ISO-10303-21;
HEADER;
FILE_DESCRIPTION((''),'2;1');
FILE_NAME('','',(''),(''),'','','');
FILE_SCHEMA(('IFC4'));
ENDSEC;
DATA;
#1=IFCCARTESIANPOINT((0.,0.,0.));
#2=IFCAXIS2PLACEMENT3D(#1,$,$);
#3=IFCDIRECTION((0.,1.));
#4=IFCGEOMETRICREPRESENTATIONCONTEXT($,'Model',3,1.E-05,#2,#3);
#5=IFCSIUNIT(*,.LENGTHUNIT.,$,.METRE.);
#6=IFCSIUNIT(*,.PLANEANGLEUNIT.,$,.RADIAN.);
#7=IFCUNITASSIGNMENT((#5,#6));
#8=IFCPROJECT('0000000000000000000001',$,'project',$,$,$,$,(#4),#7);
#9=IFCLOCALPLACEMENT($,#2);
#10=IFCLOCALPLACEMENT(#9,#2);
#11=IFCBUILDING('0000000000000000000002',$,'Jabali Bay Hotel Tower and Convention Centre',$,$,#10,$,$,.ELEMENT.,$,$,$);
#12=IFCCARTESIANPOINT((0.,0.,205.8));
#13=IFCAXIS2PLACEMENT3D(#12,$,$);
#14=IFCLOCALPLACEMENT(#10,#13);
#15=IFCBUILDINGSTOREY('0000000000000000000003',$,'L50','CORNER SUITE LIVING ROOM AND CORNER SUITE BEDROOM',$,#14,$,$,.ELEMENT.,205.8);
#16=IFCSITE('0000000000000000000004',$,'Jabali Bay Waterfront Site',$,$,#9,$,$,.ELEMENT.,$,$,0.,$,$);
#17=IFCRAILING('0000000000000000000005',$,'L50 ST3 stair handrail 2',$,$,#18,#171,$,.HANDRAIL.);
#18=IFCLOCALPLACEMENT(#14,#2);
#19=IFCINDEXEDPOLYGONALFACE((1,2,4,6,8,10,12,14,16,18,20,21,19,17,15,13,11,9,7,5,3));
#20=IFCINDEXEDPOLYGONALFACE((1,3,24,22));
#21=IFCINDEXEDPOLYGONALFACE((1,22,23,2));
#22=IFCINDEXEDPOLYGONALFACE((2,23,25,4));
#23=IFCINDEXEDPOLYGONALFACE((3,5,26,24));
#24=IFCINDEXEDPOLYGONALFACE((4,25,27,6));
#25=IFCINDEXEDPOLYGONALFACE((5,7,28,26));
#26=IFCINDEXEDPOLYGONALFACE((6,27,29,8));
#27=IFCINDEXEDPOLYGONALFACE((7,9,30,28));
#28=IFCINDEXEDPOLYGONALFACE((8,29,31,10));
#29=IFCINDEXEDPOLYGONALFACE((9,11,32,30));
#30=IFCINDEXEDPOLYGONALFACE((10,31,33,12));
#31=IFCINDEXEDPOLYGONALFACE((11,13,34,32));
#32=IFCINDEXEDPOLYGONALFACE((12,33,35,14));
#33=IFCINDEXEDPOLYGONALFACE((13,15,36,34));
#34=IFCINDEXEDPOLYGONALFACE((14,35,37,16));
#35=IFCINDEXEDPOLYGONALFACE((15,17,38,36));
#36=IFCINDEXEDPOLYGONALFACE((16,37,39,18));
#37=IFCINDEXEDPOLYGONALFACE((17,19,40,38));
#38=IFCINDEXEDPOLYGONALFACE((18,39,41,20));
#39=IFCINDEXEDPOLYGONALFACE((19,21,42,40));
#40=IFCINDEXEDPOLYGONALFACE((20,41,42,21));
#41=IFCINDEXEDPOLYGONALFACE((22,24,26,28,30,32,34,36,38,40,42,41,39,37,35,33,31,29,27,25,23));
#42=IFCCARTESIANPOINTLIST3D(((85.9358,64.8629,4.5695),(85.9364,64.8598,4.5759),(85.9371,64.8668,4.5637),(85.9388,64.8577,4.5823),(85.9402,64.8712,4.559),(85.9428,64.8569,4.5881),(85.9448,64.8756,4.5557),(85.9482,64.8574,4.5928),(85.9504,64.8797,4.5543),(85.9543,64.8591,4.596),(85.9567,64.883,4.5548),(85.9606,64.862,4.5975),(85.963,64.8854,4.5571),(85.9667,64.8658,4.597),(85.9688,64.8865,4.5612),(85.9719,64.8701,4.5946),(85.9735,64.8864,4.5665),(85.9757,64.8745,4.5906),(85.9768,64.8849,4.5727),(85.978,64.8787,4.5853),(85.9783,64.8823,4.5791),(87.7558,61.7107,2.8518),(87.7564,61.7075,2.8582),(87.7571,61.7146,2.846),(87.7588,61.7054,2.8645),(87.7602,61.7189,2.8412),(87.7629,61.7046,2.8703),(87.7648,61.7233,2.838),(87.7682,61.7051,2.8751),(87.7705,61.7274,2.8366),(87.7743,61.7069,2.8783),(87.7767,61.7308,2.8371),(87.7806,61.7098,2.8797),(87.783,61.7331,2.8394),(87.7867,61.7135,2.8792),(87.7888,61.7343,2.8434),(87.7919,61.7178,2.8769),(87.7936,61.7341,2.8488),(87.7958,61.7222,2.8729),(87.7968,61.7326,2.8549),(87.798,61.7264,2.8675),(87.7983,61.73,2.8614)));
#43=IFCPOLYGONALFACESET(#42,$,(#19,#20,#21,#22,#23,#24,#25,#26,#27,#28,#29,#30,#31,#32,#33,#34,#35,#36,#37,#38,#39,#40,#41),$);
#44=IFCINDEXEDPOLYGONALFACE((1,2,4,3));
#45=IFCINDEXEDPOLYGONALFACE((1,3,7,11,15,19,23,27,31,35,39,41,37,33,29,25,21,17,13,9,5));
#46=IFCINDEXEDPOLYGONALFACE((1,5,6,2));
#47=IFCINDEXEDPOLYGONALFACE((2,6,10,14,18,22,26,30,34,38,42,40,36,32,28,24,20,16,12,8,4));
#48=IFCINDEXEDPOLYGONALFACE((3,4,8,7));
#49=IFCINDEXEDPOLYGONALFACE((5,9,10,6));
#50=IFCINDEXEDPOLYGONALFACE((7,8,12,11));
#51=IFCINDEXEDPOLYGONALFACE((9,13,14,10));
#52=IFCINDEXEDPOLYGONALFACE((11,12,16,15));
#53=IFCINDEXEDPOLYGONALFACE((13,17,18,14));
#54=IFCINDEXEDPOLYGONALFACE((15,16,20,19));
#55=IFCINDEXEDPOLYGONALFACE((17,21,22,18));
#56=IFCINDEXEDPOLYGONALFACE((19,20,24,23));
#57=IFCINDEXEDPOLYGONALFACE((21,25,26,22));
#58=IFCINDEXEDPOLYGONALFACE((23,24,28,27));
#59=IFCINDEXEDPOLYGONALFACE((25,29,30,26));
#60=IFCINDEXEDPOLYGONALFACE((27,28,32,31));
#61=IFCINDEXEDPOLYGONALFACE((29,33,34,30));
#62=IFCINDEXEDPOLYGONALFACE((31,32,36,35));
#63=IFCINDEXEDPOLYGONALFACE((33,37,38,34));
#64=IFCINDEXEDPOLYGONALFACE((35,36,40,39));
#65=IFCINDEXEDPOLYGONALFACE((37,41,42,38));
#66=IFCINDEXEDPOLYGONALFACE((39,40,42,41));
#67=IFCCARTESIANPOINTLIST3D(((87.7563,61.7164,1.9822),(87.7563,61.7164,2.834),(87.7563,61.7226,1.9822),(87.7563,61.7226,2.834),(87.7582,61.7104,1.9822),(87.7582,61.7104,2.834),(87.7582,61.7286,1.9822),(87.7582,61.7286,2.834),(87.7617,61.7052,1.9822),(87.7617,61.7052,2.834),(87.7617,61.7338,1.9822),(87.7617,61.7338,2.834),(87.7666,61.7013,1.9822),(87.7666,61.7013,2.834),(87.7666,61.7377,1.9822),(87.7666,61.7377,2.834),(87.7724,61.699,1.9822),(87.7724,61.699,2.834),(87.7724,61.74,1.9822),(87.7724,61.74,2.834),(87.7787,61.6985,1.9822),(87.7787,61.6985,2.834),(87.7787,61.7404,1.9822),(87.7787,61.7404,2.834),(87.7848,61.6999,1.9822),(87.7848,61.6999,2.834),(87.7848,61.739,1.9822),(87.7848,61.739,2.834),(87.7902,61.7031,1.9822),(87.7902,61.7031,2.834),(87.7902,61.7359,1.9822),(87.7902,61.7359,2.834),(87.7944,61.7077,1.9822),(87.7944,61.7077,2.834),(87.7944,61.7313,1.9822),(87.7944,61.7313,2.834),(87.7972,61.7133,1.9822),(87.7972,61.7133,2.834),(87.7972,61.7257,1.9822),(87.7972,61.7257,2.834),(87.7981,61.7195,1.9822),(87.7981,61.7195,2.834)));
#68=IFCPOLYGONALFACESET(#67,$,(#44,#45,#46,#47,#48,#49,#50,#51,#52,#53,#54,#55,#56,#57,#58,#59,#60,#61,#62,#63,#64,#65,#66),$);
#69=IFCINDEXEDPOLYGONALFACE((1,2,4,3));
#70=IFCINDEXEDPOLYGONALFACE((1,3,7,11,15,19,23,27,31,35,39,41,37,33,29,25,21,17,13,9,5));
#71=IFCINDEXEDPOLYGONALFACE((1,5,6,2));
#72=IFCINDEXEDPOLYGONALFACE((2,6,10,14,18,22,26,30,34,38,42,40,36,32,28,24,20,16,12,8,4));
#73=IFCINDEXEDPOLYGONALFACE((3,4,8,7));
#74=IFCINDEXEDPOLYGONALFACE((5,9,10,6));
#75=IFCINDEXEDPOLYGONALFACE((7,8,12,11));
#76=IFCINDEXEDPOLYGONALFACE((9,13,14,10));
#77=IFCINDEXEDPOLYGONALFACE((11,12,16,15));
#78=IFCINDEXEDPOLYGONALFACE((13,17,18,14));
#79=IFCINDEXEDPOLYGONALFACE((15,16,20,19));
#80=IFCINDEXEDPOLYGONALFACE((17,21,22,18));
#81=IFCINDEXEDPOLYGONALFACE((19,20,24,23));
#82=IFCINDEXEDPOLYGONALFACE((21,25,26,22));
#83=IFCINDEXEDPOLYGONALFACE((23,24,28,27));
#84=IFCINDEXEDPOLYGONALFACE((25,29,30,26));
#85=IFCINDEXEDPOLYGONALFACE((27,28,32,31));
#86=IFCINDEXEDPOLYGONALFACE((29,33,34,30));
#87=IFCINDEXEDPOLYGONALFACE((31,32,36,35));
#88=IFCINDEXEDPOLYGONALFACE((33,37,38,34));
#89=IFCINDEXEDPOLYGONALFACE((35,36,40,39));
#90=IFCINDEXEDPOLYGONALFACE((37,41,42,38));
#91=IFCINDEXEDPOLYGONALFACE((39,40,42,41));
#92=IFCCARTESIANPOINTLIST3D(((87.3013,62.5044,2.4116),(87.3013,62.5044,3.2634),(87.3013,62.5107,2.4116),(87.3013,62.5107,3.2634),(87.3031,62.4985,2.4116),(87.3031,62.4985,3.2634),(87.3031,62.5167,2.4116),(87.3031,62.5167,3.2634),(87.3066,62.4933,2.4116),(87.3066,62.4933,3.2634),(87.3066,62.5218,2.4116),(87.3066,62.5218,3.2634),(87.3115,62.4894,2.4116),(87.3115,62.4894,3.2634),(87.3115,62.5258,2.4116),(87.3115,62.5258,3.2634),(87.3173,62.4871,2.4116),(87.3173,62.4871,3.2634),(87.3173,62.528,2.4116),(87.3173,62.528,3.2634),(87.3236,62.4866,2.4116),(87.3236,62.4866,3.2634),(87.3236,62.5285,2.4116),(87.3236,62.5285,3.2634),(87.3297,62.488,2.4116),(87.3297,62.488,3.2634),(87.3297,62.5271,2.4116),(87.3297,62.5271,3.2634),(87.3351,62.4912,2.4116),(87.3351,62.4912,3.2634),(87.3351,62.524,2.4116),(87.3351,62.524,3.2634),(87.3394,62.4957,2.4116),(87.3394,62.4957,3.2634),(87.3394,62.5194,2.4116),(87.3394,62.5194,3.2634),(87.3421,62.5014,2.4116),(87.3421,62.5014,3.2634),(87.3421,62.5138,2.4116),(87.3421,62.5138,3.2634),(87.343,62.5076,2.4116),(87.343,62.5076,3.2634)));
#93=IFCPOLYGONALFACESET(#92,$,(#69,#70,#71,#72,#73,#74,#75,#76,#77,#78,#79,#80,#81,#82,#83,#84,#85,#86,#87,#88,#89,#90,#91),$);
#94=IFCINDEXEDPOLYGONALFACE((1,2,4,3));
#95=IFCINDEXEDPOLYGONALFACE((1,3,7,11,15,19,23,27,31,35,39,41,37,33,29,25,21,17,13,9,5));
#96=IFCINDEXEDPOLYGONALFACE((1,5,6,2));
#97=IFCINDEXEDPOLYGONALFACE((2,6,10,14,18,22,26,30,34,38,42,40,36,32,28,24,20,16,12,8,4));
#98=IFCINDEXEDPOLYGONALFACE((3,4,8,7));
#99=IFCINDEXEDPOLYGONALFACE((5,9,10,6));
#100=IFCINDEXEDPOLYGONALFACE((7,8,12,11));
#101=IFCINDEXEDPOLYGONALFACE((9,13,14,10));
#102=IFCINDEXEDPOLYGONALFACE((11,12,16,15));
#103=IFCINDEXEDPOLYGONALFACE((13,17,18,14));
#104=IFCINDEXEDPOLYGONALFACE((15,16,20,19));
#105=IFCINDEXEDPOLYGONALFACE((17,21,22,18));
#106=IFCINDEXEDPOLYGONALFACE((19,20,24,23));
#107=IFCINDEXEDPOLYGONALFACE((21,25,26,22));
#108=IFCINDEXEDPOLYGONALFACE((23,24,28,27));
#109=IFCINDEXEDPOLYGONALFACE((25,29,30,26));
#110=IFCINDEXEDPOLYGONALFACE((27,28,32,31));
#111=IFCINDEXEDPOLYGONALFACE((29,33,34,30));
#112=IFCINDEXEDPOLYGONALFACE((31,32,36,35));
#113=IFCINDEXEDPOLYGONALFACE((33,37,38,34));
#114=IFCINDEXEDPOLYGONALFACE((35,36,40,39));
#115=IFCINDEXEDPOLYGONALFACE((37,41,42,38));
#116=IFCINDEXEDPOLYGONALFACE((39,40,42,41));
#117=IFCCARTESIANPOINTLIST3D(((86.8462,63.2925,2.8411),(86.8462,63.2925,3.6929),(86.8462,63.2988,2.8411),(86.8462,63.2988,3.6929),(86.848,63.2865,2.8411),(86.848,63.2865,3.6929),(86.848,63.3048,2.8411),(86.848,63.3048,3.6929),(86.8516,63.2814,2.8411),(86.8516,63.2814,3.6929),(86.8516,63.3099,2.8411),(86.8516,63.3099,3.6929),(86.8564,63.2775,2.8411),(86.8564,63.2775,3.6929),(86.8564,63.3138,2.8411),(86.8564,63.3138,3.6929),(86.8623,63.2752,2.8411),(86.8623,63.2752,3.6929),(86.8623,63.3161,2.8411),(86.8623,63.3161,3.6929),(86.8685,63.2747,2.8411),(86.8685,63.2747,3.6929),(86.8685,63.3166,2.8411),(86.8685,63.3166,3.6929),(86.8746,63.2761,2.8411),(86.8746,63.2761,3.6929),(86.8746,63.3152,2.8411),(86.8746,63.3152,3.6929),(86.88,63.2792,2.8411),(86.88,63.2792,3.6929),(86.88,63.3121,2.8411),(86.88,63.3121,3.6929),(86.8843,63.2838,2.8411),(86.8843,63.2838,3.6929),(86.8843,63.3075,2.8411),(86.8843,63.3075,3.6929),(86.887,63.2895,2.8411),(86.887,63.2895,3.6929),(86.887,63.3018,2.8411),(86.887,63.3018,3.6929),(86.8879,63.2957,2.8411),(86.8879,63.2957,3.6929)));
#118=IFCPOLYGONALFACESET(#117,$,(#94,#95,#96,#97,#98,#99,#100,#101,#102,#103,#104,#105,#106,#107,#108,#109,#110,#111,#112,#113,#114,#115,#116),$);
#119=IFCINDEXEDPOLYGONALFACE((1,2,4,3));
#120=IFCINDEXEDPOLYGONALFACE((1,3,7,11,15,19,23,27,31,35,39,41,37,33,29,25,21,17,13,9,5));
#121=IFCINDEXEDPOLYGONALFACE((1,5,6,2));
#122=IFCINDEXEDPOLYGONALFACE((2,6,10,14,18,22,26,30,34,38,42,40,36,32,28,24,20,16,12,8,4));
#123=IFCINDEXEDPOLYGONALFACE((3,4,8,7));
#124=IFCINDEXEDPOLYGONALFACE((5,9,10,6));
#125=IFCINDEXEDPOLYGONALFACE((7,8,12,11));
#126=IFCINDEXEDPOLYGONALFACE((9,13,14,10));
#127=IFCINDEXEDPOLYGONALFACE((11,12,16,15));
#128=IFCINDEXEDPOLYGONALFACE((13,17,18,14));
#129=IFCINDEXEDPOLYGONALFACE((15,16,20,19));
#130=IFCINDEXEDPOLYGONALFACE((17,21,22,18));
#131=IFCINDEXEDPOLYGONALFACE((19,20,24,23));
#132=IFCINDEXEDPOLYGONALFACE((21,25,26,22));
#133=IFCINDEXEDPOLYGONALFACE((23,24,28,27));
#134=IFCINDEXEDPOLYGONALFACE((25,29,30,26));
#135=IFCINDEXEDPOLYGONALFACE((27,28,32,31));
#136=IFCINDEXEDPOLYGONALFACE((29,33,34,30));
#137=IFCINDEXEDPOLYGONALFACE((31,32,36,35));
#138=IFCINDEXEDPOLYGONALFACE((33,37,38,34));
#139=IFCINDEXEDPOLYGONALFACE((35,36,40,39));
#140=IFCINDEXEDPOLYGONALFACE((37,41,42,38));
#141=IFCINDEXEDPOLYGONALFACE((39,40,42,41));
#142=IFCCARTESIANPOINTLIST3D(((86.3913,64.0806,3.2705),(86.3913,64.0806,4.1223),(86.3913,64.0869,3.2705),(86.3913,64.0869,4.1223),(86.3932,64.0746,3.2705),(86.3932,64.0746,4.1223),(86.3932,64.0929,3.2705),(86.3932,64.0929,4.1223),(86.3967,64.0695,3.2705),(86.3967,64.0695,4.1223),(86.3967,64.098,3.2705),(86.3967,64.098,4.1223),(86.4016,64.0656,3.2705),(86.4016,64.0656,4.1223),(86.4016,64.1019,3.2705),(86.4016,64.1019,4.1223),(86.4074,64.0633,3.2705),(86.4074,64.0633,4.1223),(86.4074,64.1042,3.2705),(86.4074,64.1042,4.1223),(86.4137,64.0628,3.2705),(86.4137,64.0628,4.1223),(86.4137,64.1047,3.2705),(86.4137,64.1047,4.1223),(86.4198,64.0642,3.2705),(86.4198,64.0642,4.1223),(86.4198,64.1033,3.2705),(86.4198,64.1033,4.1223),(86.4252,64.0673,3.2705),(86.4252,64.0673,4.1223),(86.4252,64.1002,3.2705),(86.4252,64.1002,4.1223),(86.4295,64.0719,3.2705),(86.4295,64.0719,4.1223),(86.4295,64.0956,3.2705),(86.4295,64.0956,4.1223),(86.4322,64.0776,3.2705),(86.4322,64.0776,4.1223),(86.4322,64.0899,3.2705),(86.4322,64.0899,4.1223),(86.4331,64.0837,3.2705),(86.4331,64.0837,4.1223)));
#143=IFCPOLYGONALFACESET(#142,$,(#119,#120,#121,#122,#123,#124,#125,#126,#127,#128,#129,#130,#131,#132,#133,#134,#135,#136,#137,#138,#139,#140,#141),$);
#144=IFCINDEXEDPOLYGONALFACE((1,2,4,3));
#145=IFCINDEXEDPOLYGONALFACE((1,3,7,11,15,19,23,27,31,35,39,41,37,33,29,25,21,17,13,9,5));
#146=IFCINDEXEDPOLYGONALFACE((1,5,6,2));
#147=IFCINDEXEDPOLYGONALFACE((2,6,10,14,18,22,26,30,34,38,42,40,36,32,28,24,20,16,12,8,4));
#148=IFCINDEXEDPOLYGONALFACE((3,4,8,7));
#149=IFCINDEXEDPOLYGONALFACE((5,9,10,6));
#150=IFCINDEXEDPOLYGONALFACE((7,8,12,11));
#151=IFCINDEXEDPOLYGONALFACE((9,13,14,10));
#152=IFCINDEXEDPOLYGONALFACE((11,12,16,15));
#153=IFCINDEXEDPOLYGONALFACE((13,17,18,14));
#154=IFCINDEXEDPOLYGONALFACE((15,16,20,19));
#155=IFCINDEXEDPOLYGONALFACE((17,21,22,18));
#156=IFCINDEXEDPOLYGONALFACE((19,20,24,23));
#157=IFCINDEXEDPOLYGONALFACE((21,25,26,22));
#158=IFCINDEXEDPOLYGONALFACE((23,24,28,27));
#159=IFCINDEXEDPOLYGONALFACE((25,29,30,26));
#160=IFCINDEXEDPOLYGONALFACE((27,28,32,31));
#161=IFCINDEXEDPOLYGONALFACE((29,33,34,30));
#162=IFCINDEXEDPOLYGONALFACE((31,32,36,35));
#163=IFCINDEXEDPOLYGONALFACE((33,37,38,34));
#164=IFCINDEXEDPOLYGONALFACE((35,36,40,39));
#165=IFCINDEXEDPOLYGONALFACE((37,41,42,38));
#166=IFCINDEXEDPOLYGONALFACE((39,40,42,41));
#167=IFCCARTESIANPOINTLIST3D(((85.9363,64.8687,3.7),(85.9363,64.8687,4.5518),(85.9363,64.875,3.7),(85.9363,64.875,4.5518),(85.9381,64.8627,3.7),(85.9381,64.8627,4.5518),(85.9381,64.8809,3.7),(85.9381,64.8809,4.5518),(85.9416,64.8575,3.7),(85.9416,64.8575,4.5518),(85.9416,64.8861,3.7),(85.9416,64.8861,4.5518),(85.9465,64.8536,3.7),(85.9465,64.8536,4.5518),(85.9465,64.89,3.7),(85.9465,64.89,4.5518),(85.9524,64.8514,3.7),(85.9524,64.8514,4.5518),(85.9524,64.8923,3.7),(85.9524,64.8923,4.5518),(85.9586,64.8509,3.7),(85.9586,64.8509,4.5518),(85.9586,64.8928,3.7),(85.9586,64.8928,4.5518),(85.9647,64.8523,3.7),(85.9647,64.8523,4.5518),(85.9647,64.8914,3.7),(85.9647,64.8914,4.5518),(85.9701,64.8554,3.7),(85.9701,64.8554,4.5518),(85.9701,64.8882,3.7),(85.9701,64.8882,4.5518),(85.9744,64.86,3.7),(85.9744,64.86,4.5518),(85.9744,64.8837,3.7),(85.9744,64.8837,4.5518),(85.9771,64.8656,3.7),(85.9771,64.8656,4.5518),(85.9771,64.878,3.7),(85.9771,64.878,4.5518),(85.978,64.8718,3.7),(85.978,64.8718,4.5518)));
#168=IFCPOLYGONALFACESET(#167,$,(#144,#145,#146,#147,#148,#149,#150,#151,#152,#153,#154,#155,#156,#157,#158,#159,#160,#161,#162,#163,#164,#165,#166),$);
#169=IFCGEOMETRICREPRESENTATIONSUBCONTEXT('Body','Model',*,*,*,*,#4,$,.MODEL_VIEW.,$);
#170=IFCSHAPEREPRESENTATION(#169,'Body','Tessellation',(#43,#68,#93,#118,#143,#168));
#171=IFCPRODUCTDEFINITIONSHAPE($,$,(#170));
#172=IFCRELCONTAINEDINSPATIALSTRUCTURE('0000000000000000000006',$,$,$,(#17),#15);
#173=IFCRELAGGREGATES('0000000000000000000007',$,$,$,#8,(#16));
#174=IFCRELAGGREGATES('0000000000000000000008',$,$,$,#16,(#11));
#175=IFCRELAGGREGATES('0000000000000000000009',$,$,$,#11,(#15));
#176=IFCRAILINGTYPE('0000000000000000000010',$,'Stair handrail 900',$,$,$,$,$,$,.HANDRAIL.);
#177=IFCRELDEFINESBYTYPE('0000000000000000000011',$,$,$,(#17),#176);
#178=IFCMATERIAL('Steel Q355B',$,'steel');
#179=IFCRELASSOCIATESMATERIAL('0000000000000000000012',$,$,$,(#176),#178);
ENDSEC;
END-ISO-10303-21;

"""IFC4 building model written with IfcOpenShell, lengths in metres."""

from ifc_helpers import new_model, si_unit, direction, frame, origin, origin_2d, place, context, subcontext, project, spatial, circle, extrude, material, type_object, element, save


model = new_model("IFC4")

# Units and contexts
model_context = context("Model", 3, precision=1e-05, world=origin(), true_north=direction((0.0, 1.0)))
body_context = subcontext(model_context, "Body", "Model", "MODEL_VIEW")
ifc_project = project(units=[si_unit("LENGTHUNIT", "METRE"), si_unit("PLANEANGLEUNIT", "RADIAN")], contexts=[model_context])

# Site, building, storey
site_placement = place(None, origin())
site = spatial("IfcSite", under=ifc_project, at=site_placement, Name="Jabali Bay Waterfront Site", CompositionType="ELEMENT", RefElevation=0.0)
building_placement = place(site_placement, origin())
building = spatial("IfcBuilding", under=site, at=building_placement, Name="Jabali Bay Hotel Tower and Convention Centre", CompositionType="ELEMENT")
storey_placement = place(building_placement, frame((0.0, 0.0, 205.8)))
storey = spatial("IfcBuildingStorey", under=building, at=storey_placement, Name="L50", Description="CORNER SUITE LIVING ROOM AND CORNER SUITE BEDROOM", CompositionType="ELEMENT", Elevation=205.8)

# Railing
ifc_material_1 = material(Name="Steel Q355B", Category="steel")
railing_type_1 = type_object("IfcRailingType", Name="Stair handrail 900", PredefinedType="HANDRAIL", material=ifc_material_1)
railing_1_placement = place(storey_placement, frame((87.7771, 61.7195, 1.9822)))
element("IfcRailing", 1, at=railing_1_placement, inside=storey, type_object=railing_type_1, Name="L50 ST3 stair handrail 2", PredefinedType="HANDRAIL", context=body_context, shape_type="SweptSolid", body=[
    extrude(circle(Radius=0.0239, at=origin_2d()), frame((0.0, 0.0, 0.876), z_axis=(-0.45219, 0.78319, 0.426775), x_axis=(-0.866018, -0.500013, 0.0)), (0.0, 0.0, 1.0), 4.0249),
    extrude(circle(Radius=0.021, at=origin_2d()), origin(), (0.0, 0.0, 1.0), 0.8518),
    extrude(circle(Radius=0.021, at=origin_2d()), frame((-0.4551, 0.7881, 0.4294)), (0.0, 0.0, 1.0), 0.8518),
    extrude(circle(Radius=0.021, at=origin_2d()), frame((-0.9102, 1.5762, 0.8589)), (0.0, 0.0, 1.0), 0.8518),
    extrude(circle(Radius=0.021, at=origin_2d()), frame((-1.365, 2.3643, 1.2883)), (0.0, 0.0, 1.0), 0.8518),
    extrude(circle(Radius=0.021, at=origin_2d()), frame((-1.8201, 3.1523, 1.7178)), (0.0, 0.0, 1.0), 0.8518),
])

save(model, "model.ifc")
